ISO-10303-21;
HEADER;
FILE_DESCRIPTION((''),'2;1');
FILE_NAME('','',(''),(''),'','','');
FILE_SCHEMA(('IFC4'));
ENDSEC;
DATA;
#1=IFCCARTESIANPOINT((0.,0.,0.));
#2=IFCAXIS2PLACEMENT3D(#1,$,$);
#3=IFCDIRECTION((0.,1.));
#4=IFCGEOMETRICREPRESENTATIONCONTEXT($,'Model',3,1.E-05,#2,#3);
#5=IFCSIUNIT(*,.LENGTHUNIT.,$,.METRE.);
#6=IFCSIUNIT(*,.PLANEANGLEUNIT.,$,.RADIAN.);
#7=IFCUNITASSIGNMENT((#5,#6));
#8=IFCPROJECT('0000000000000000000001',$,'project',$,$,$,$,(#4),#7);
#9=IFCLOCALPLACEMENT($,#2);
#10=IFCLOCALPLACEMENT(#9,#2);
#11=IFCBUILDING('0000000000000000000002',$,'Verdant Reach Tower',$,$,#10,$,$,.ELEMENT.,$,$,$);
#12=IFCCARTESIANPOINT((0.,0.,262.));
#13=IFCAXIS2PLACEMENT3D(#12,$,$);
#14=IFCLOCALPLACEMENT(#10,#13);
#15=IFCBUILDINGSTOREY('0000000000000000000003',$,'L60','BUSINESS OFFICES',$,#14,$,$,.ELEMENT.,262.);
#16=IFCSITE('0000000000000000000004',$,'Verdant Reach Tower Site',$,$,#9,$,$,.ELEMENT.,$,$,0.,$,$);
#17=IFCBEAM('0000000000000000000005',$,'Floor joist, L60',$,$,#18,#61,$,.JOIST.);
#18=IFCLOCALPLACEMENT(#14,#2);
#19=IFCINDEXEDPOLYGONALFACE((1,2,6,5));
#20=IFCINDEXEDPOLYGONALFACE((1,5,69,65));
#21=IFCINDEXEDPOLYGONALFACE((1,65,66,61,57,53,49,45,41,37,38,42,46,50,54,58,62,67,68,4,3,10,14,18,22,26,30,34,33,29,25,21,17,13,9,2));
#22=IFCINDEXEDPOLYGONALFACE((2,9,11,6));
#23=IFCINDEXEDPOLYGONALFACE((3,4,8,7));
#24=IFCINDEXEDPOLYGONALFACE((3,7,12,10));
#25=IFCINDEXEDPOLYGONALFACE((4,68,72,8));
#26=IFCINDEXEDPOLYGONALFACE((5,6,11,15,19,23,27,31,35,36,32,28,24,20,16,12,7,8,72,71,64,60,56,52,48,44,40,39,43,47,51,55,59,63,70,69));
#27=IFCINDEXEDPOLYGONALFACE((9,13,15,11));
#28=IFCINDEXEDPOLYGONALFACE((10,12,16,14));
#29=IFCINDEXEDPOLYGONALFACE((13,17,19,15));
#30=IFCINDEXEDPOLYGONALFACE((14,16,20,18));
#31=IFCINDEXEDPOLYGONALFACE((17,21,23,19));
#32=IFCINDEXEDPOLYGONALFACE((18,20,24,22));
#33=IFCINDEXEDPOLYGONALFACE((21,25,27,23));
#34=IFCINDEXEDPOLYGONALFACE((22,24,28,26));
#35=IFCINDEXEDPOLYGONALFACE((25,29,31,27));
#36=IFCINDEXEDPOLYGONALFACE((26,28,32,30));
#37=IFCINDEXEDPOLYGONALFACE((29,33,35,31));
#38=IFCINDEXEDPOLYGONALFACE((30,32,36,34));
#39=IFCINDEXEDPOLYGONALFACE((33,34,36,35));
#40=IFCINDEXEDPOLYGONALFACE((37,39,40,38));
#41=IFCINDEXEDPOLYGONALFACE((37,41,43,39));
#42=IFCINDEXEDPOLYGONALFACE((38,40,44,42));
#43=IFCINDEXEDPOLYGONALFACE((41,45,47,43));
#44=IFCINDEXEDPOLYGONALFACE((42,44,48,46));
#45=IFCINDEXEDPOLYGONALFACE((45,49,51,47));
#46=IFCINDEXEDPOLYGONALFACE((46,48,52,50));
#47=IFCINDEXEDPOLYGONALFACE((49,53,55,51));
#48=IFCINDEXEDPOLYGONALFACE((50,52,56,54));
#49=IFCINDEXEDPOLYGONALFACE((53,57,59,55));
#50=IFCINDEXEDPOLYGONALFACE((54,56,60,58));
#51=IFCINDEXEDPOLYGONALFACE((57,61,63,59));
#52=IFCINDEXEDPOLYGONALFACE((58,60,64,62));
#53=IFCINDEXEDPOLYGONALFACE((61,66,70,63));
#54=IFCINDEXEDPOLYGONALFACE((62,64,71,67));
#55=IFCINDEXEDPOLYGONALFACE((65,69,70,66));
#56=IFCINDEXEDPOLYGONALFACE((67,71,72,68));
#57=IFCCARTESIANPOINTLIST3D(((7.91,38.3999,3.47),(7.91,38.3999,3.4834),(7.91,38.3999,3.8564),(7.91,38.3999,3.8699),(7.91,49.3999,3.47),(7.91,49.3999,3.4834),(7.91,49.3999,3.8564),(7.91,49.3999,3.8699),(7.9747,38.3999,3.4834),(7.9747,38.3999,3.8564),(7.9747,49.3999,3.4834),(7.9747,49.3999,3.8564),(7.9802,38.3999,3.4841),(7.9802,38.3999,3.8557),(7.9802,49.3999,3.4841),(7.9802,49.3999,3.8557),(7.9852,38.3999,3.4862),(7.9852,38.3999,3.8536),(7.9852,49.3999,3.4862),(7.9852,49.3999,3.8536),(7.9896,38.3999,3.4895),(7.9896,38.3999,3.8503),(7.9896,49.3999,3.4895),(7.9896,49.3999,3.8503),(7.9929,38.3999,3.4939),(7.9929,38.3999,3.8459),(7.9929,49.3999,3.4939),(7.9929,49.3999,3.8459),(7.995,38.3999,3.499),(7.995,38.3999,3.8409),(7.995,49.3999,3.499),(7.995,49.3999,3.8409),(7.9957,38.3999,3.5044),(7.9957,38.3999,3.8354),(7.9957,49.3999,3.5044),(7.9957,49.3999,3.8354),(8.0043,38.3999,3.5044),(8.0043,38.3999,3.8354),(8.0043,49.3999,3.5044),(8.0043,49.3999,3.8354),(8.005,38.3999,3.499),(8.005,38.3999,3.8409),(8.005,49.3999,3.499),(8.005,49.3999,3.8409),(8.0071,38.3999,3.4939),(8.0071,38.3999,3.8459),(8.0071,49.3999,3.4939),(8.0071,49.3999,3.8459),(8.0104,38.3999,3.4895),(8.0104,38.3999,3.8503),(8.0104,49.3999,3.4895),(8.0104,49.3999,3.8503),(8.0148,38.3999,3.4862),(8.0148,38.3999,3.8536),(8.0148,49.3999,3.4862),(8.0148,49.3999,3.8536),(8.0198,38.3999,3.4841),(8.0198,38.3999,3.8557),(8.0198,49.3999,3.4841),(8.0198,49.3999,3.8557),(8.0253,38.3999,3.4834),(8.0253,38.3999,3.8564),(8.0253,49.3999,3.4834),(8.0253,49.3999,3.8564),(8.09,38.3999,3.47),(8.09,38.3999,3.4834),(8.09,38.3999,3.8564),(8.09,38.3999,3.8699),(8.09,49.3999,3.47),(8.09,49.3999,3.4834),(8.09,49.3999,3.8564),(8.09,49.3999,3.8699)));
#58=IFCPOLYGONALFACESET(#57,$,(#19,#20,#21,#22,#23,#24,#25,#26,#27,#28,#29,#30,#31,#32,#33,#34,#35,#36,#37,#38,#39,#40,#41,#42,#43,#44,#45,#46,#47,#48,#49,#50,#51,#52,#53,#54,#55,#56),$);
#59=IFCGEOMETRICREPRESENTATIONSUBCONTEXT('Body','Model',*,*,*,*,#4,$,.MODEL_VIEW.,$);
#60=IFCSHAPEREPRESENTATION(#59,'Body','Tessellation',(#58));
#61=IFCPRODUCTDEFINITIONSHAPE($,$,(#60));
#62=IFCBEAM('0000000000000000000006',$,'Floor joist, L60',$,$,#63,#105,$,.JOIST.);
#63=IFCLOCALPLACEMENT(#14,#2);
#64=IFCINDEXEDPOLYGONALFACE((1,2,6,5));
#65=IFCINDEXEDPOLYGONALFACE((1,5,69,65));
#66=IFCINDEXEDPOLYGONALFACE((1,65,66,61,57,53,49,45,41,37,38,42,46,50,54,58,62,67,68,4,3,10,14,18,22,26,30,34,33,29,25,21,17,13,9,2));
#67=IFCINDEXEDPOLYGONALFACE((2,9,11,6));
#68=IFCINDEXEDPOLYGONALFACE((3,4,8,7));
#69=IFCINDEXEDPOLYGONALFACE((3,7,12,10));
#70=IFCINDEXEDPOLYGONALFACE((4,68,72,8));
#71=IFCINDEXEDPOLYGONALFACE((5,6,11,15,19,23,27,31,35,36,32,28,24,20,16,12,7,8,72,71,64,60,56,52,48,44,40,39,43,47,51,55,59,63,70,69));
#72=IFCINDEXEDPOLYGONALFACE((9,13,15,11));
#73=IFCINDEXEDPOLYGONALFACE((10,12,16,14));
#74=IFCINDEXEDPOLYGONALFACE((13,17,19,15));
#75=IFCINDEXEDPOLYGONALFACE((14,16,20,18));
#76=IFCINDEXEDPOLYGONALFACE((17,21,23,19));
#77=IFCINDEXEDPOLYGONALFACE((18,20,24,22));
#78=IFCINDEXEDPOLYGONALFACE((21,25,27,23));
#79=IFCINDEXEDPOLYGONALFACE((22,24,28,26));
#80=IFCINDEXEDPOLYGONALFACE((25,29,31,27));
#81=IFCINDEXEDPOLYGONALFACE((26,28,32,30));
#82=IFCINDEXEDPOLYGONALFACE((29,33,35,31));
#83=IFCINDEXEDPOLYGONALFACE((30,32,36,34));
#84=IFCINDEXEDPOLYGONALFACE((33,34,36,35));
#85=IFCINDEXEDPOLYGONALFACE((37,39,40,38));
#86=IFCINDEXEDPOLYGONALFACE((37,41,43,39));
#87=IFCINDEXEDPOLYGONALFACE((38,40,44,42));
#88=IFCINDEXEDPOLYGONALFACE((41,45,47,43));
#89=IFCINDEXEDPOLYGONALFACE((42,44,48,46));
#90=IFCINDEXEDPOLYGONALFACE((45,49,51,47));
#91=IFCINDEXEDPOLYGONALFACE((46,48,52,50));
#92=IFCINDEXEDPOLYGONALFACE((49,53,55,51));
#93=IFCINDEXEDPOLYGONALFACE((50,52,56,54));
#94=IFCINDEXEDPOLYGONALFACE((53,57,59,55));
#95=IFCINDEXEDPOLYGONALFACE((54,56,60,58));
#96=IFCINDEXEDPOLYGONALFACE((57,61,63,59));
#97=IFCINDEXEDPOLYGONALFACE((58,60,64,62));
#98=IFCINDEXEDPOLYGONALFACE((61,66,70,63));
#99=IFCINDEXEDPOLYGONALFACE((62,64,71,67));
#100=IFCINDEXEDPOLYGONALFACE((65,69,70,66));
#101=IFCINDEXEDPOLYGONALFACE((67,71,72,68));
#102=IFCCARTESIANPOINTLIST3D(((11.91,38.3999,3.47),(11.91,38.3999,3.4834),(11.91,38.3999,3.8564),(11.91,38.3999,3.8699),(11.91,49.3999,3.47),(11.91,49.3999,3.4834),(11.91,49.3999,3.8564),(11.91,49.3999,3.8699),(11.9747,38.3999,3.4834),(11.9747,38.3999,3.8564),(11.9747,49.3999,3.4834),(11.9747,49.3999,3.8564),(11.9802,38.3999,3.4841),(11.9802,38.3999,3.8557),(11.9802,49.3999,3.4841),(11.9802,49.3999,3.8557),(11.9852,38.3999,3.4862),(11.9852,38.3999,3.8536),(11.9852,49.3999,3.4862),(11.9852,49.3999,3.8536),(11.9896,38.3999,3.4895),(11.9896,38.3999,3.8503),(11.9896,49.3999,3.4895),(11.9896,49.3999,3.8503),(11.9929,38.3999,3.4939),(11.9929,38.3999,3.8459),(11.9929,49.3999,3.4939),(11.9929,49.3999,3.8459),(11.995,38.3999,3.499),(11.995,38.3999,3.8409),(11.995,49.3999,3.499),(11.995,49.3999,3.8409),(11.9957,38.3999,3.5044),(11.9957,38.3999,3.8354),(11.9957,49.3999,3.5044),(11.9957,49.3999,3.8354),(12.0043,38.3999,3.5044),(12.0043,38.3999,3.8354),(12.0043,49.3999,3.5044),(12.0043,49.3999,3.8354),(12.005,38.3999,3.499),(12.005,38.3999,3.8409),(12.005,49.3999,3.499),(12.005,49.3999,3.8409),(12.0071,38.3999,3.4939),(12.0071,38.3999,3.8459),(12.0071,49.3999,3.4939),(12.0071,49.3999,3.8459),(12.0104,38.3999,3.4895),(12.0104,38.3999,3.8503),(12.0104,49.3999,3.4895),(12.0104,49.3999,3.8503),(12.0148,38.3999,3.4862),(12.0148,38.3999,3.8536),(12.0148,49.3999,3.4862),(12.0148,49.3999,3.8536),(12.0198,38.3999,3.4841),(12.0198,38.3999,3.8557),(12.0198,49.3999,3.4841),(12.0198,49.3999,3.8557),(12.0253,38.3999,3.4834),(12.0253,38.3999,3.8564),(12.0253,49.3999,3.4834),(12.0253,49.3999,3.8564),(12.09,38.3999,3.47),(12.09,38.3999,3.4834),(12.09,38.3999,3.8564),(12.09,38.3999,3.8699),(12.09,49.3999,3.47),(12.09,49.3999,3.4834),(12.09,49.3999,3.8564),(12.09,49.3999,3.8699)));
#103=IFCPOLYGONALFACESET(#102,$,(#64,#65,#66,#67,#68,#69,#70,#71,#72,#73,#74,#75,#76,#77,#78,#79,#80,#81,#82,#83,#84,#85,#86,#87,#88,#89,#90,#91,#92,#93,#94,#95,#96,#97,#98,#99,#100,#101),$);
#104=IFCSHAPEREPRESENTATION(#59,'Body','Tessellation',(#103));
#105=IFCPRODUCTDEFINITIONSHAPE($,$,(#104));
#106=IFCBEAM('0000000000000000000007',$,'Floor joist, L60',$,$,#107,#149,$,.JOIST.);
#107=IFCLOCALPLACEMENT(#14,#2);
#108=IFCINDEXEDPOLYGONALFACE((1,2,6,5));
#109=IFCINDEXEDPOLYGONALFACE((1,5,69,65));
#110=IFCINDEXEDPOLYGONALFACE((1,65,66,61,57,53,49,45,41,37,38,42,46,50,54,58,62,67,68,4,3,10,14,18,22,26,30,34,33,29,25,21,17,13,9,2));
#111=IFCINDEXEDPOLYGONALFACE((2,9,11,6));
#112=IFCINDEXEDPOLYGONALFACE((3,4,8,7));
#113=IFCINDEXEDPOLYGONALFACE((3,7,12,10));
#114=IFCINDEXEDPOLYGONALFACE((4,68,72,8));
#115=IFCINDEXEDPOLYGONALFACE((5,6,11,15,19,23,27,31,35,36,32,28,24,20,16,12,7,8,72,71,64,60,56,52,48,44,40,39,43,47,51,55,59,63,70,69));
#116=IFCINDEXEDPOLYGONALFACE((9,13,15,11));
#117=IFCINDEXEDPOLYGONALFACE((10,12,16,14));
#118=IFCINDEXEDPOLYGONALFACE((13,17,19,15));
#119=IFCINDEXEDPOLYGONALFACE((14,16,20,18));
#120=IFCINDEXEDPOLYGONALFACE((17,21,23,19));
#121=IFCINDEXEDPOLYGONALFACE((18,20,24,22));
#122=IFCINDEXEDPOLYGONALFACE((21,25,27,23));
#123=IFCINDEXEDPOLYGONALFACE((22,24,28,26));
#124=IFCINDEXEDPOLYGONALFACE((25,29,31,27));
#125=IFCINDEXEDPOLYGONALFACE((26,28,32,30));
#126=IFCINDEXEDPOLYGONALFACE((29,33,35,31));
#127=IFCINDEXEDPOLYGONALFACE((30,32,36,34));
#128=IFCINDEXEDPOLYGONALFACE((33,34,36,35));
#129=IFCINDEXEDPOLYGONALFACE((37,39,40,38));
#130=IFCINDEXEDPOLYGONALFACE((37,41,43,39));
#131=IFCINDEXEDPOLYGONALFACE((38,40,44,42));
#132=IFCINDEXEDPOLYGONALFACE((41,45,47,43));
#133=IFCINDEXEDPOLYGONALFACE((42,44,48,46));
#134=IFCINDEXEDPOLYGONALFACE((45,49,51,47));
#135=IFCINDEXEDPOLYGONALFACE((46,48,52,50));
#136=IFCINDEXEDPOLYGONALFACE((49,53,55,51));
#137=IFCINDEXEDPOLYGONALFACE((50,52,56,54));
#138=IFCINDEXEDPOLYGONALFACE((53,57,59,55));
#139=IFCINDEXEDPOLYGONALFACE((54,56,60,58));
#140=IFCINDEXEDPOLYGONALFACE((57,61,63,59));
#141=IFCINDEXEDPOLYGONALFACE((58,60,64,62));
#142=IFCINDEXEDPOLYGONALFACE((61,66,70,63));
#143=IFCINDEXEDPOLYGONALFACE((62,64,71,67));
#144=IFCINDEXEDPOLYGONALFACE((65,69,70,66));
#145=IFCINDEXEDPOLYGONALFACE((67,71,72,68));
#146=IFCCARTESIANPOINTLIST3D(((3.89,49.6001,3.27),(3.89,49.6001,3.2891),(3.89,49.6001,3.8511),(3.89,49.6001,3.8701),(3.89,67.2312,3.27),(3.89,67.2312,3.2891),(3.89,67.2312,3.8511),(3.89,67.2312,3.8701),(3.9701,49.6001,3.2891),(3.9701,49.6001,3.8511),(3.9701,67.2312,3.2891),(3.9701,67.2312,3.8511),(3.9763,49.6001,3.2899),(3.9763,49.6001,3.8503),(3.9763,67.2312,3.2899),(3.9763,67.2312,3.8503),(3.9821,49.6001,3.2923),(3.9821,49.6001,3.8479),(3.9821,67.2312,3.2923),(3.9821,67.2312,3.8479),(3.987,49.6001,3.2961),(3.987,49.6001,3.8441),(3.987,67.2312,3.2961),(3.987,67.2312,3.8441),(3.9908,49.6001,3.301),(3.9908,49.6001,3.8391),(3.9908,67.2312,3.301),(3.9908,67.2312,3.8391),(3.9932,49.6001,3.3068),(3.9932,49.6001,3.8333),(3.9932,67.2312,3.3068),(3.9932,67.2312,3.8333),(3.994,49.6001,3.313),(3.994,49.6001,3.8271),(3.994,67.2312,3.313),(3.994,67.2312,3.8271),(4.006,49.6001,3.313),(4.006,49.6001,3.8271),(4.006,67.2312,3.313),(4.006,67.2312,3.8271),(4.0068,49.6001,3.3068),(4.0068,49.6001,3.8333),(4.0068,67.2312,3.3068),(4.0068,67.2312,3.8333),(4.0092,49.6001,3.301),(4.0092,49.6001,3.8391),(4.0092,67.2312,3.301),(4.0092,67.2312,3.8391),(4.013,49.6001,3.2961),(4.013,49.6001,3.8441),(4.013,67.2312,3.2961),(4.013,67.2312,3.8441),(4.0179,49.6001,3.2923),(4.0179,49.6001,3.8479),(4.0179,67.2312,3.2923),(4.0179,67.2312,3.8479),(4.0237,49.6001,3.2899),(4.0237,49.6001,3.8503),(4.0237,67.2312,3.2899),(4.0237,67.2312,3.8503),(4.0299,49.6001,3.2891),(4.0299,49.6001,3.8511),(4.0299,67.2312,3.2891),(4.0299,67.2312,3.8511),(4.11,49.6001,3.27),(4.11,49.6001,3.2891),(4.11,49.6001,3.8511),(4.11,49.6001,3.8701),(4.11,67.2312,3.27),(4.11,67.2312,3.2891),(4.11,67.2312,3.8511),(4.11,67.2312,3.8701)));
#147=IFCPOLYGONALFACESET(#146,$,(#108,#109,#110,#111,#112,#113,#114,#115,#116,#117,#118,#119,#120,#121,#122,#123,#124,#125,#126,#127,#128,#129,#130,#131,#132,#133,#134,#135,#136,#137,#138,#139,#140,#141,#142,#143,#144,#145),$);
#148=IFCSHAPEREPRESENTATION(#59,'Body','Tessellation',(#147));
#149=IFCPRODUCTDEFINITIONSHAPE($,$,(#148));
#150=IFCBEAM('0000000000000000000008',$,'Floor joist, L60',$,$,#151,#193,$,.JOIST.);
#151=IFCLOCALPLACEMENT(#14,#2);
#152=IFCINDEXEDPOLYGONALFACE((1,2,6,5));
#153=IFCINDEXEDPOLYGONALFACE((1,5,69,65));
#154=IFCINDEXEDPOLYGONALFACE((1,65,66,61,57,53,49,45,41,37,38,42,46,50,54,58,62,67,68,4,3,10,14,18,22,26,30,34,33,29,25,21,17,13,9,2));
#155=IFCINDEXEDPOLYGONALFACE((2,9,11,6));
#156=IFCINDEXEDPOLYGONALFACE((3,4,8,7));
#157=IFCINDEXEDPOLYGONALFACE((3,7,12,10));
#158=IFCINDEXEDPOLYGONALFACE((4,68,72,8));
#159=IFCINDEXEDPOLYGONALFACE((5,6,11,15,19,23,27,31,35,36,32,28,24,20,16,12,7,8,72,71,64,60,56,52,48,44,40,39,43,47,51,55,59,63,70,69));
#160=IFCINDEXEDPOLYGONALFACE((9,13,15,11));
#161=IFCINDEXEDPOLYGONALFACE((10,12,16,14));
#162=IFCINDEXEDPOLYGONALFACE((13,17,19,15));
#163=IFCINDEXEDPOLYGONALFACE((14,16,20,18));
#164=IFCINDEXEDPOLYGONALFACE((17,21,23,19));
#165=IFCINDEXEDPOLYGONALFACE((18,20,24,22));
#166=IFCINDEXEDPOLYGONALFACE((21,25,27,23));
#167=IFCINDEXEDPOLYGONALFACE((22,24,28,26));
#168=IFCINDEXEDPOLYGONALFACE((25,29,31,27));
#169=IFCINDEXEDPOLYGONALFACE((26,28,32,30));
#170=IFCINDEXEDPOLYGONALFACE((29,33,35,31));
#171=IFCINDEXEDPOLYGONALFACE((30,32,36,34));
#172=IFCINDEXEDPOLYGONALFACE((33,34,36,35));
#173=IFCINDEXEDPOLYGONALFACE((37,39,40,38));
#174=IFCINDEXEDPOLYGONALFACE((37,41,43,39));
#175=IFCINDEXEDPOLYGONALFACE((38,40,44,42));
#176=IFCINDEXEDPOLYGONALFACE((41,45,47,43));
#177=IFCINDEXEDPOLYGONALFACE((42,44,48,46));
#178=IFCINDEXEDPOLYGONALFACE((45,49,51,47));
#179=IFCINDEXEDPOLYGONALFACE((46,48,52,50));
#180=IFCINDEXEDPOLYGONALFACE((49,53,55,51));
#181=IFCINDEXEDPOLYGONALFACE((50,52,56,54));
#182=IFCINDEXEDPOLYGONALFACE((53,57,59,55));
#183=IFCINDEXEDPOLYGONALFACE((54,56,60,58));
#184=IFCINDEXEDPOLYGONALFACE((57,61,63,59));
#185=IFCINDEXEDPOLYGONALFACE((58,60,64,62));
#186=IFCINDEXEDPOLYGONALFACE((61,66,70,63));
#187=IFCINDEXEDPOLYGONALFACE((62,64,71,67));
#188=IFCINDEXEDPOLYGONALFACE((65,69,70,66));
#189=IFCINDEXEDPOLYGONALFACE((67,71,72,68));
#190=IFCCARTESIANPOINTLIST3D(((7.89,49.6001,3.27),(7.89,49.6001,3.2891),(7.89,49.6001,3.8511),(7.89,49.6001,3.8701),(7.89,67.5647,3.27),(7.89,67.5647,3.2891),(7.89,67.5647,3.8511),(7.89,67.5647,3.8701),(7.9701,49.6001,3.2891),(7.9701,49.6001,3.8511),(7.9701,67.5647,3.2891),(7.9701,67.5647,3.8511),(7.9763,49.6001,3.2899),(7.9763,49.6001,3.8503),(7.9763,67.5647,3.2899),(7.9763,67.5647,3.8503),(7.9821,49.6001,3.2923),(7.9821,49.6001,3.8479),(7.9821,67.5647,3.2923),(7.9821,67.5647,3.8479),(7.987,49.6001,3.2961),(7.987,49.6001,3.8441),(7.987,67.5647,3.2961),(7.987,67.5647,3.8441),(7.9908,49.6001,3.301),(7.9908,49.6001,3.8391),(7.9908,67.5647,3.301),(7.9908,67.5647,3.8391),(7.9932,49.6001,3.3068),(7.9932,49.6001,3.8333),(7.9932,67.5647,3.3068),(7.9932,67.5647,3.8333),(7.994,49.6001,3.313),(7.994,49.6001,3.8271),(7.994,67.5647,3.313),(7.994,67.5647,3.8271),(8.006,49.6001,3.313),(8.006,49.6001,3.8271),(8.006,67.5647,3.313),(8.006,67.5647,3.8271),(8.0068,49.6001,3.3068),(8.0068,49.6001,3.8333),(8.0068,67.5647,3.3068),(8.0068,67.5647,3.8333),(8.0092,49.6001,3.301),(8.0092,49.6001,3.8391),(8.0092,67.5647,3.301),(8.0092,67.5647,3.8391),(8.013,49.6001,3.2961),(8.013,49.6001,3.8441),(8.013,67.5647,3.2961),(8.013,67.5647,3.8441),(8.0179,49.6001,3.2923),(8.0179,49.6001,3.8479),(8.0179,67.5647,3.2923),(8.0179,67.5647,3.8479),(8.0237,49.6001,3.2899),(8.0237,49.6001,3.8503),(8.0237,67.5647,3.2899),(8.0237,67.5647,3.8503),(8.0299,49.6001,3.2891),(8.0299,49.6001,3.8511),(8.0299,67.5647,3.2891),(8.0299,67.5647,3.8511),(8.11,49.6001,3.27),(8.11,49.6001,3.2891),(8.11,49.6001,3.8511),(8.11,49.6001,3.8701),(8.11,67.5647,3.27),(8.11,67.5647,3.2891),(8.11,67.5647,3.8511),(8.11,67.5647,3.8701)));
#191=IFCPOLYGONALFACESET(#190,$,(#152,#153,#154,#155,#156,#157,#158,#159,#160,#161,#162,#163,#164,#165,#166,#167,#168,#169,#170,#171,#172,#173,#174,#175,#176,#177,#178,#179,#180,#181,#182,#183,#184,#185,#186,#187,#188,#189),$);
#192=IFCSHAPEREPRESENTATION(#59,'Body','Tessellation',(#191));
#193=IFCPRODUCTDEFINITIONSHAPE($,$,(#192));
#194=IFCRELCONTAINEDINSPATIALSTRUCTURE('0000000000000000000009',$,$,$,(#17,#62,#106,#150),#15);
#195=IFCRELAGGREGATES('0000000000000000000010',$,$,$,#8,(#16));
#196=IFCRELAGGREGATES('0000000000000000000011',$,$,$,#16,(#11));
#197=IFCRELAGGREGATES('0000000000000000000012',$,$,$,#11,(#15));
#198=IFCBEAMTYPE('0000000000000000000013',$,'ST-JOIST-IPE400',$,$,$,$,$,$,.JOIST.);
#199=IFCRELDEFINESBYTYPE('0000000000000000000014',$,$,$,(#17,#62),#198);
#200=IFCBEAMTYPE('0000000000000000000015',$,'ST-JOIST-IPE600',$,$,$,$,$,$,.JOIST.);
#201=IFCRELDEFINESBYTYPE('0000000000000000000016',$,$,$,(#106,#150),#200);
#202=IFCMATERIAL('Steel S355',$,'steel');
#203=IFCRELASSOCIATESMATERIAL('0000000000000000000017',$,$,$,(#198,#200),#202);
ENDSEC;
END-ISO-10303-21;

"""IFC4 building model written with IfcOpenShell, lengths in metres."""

from ifc_helpers import new_model, si_unit, direction, frame, origin, origin_2d, place, context, subcontext, project, spatial, i_section, extrude, material, material_profile, profile_set, type_object, element, save


model = new_model("IFC4")

# Units and contexts
model_context = context("Model", 3, precision=1e-05, world=origin(), true_north=direction((0.0, 1.0)))
body_context = subcontext(model_context, "Body", "Model", "MODEL_VIEW")
ifc_project = project(units=[si_unit("LENGTHUNIT", "METRE"), si_unit("PLANEANGLEUNIT", "RADIAN")], contexts=[model_context])

# Site, building, storey
site_placement = place(None, origin())
site = spatial("IfcSite", under=ifc_project, at=site_placement, Name="Verdant Reach Tower Site", CompositionType="ELEMENT", RefElevation=0.0)
building_placement = place(site_placement, origin())
building = spatial("IfcBuilding", under=site, at=building_placement, Name="Verdant Reach Tower", CompositionType="ELEMENT")
storey_placement = place(building_placement, frame((0.0, 0.0, 262.0)))
storey = spatial("IfcBuildingStorey", under=building, at=storey_placement, Name="L60", Description="BUSINESS OFFICES", CompositionType="ELEMENT", Elevation=262.0)

# Beams
ifc_material_1 = material(Name="Steel S355", Category="steel")
ifc_material_profile_1 = material_profile(ifc_material_1, i_section(OverallWidth=0.1799, OverallDepth=0.3999, WebThickness=0.0085, FlangeThickness=0.0134, FilletRadius=0.021, at=origin_2d()), Name="IPE 400")
ifc_profile_set_1 = profile_set([ifc_material_profile_1], Name="Steel S355")
beam_type_1 = type_object("IfcBeamType", Name="ST-JOIST-IPE400", PredefinedType="JOIST", material=ifc_profile_set_1)
for number, where, z_axis, x_axis, name in (
    (1, (8.0, 38.3999, 3.6699), (0.0, 1.0, 0.0), (-1.0, 0.0, 0.0), "Floor joist, L60"),
    (2, (12.0, 38.3999, 3.6699), (0.0, 1.0, 0.0), (-1.0, 0.0, 0.0), "Floor joist, L60"),
):
    element("IfcBeam", number, at=place(storey_placement, frame(where, z_axis=z_axis, x_axis=x_axis)), inside=storey, type_object=beam_type_1, Name=name, PredefinedType="JOIST", context=body_context, shape_type="SweptSolid", body=[
        extrude(i_section(OverallWidth=0.1799, OverallDepth=0.3999, WebThickness=0.0085, FlangeThickness=0.0134, FilletRadius=0.021, at=origin_2d()), origin(), (0.0, 0.0, 1.0), 11.0),
    ])
ifc_material_profile_2 = material_profile(ifc_material_1, i_section(OverallWidth=0.22, OverallDepth=0.6001, WebThickness=0.012, FlangeThickness=0.019, FilletRadius=0.0239, at=origin_2d()), Name="IPE 600")
ifc_profile_set_2 = profile_set([ifc_material_profile_2], Name="Steel S355")
beam_type_2 = type_object("IfcBeamType", Name="ST-JOIST-IPE600", PredefinedType="JOIST", material=ifc_profile_set_2)
beam_1_placement = place(storey_placement, frame((4.0, 49.6001, 3.5701), z_axis=(0.0, 1.0, 0.0), x_axis=(-1.0, 0.0, 0.0)))
element("IfcBeam", 3, at=beam_1_placement, inside=storey, type_object=beam_type_2, Name="Floor joist, L60", PredefinedType="JOIST", context=body_context, shape_type="SweptSolid", body=[
    extrude(i_section(OverallWidth=0.22, OverallDepth=0.6001, WebThickness=0.012, FlangeThickness=0.019, FilletRadius=0.0239, at=origin_2d()), origin(), (0.0, 0.0, 1.0), 17.6311),
])
beam_2_placement = place(storey_placement, frame((8.0, 49.6001, 3.5701), z_axis=(0.0, 1.0, 0.0), x_axis=(-1.0, 0.0, 0.0)))
element("IfcBeam", 4, at=beam_2_placement, inside=storey, type_object=beam_type_2, Name="Floor joist, L60", PredefinedType="JOIST", context=body_context, shape_type="SweptSolid", body=[
    extrude(i_section(OverallWidth=0.22, OverallDepth=0.6001, WebThickness=0.012, FlangeThickness=0.019, FilletRadius=0.0239, at=origin_2d()), origin(), (0.0, 0.0, 1.0), 17.9646),
])

save(model, "model.ifc")
